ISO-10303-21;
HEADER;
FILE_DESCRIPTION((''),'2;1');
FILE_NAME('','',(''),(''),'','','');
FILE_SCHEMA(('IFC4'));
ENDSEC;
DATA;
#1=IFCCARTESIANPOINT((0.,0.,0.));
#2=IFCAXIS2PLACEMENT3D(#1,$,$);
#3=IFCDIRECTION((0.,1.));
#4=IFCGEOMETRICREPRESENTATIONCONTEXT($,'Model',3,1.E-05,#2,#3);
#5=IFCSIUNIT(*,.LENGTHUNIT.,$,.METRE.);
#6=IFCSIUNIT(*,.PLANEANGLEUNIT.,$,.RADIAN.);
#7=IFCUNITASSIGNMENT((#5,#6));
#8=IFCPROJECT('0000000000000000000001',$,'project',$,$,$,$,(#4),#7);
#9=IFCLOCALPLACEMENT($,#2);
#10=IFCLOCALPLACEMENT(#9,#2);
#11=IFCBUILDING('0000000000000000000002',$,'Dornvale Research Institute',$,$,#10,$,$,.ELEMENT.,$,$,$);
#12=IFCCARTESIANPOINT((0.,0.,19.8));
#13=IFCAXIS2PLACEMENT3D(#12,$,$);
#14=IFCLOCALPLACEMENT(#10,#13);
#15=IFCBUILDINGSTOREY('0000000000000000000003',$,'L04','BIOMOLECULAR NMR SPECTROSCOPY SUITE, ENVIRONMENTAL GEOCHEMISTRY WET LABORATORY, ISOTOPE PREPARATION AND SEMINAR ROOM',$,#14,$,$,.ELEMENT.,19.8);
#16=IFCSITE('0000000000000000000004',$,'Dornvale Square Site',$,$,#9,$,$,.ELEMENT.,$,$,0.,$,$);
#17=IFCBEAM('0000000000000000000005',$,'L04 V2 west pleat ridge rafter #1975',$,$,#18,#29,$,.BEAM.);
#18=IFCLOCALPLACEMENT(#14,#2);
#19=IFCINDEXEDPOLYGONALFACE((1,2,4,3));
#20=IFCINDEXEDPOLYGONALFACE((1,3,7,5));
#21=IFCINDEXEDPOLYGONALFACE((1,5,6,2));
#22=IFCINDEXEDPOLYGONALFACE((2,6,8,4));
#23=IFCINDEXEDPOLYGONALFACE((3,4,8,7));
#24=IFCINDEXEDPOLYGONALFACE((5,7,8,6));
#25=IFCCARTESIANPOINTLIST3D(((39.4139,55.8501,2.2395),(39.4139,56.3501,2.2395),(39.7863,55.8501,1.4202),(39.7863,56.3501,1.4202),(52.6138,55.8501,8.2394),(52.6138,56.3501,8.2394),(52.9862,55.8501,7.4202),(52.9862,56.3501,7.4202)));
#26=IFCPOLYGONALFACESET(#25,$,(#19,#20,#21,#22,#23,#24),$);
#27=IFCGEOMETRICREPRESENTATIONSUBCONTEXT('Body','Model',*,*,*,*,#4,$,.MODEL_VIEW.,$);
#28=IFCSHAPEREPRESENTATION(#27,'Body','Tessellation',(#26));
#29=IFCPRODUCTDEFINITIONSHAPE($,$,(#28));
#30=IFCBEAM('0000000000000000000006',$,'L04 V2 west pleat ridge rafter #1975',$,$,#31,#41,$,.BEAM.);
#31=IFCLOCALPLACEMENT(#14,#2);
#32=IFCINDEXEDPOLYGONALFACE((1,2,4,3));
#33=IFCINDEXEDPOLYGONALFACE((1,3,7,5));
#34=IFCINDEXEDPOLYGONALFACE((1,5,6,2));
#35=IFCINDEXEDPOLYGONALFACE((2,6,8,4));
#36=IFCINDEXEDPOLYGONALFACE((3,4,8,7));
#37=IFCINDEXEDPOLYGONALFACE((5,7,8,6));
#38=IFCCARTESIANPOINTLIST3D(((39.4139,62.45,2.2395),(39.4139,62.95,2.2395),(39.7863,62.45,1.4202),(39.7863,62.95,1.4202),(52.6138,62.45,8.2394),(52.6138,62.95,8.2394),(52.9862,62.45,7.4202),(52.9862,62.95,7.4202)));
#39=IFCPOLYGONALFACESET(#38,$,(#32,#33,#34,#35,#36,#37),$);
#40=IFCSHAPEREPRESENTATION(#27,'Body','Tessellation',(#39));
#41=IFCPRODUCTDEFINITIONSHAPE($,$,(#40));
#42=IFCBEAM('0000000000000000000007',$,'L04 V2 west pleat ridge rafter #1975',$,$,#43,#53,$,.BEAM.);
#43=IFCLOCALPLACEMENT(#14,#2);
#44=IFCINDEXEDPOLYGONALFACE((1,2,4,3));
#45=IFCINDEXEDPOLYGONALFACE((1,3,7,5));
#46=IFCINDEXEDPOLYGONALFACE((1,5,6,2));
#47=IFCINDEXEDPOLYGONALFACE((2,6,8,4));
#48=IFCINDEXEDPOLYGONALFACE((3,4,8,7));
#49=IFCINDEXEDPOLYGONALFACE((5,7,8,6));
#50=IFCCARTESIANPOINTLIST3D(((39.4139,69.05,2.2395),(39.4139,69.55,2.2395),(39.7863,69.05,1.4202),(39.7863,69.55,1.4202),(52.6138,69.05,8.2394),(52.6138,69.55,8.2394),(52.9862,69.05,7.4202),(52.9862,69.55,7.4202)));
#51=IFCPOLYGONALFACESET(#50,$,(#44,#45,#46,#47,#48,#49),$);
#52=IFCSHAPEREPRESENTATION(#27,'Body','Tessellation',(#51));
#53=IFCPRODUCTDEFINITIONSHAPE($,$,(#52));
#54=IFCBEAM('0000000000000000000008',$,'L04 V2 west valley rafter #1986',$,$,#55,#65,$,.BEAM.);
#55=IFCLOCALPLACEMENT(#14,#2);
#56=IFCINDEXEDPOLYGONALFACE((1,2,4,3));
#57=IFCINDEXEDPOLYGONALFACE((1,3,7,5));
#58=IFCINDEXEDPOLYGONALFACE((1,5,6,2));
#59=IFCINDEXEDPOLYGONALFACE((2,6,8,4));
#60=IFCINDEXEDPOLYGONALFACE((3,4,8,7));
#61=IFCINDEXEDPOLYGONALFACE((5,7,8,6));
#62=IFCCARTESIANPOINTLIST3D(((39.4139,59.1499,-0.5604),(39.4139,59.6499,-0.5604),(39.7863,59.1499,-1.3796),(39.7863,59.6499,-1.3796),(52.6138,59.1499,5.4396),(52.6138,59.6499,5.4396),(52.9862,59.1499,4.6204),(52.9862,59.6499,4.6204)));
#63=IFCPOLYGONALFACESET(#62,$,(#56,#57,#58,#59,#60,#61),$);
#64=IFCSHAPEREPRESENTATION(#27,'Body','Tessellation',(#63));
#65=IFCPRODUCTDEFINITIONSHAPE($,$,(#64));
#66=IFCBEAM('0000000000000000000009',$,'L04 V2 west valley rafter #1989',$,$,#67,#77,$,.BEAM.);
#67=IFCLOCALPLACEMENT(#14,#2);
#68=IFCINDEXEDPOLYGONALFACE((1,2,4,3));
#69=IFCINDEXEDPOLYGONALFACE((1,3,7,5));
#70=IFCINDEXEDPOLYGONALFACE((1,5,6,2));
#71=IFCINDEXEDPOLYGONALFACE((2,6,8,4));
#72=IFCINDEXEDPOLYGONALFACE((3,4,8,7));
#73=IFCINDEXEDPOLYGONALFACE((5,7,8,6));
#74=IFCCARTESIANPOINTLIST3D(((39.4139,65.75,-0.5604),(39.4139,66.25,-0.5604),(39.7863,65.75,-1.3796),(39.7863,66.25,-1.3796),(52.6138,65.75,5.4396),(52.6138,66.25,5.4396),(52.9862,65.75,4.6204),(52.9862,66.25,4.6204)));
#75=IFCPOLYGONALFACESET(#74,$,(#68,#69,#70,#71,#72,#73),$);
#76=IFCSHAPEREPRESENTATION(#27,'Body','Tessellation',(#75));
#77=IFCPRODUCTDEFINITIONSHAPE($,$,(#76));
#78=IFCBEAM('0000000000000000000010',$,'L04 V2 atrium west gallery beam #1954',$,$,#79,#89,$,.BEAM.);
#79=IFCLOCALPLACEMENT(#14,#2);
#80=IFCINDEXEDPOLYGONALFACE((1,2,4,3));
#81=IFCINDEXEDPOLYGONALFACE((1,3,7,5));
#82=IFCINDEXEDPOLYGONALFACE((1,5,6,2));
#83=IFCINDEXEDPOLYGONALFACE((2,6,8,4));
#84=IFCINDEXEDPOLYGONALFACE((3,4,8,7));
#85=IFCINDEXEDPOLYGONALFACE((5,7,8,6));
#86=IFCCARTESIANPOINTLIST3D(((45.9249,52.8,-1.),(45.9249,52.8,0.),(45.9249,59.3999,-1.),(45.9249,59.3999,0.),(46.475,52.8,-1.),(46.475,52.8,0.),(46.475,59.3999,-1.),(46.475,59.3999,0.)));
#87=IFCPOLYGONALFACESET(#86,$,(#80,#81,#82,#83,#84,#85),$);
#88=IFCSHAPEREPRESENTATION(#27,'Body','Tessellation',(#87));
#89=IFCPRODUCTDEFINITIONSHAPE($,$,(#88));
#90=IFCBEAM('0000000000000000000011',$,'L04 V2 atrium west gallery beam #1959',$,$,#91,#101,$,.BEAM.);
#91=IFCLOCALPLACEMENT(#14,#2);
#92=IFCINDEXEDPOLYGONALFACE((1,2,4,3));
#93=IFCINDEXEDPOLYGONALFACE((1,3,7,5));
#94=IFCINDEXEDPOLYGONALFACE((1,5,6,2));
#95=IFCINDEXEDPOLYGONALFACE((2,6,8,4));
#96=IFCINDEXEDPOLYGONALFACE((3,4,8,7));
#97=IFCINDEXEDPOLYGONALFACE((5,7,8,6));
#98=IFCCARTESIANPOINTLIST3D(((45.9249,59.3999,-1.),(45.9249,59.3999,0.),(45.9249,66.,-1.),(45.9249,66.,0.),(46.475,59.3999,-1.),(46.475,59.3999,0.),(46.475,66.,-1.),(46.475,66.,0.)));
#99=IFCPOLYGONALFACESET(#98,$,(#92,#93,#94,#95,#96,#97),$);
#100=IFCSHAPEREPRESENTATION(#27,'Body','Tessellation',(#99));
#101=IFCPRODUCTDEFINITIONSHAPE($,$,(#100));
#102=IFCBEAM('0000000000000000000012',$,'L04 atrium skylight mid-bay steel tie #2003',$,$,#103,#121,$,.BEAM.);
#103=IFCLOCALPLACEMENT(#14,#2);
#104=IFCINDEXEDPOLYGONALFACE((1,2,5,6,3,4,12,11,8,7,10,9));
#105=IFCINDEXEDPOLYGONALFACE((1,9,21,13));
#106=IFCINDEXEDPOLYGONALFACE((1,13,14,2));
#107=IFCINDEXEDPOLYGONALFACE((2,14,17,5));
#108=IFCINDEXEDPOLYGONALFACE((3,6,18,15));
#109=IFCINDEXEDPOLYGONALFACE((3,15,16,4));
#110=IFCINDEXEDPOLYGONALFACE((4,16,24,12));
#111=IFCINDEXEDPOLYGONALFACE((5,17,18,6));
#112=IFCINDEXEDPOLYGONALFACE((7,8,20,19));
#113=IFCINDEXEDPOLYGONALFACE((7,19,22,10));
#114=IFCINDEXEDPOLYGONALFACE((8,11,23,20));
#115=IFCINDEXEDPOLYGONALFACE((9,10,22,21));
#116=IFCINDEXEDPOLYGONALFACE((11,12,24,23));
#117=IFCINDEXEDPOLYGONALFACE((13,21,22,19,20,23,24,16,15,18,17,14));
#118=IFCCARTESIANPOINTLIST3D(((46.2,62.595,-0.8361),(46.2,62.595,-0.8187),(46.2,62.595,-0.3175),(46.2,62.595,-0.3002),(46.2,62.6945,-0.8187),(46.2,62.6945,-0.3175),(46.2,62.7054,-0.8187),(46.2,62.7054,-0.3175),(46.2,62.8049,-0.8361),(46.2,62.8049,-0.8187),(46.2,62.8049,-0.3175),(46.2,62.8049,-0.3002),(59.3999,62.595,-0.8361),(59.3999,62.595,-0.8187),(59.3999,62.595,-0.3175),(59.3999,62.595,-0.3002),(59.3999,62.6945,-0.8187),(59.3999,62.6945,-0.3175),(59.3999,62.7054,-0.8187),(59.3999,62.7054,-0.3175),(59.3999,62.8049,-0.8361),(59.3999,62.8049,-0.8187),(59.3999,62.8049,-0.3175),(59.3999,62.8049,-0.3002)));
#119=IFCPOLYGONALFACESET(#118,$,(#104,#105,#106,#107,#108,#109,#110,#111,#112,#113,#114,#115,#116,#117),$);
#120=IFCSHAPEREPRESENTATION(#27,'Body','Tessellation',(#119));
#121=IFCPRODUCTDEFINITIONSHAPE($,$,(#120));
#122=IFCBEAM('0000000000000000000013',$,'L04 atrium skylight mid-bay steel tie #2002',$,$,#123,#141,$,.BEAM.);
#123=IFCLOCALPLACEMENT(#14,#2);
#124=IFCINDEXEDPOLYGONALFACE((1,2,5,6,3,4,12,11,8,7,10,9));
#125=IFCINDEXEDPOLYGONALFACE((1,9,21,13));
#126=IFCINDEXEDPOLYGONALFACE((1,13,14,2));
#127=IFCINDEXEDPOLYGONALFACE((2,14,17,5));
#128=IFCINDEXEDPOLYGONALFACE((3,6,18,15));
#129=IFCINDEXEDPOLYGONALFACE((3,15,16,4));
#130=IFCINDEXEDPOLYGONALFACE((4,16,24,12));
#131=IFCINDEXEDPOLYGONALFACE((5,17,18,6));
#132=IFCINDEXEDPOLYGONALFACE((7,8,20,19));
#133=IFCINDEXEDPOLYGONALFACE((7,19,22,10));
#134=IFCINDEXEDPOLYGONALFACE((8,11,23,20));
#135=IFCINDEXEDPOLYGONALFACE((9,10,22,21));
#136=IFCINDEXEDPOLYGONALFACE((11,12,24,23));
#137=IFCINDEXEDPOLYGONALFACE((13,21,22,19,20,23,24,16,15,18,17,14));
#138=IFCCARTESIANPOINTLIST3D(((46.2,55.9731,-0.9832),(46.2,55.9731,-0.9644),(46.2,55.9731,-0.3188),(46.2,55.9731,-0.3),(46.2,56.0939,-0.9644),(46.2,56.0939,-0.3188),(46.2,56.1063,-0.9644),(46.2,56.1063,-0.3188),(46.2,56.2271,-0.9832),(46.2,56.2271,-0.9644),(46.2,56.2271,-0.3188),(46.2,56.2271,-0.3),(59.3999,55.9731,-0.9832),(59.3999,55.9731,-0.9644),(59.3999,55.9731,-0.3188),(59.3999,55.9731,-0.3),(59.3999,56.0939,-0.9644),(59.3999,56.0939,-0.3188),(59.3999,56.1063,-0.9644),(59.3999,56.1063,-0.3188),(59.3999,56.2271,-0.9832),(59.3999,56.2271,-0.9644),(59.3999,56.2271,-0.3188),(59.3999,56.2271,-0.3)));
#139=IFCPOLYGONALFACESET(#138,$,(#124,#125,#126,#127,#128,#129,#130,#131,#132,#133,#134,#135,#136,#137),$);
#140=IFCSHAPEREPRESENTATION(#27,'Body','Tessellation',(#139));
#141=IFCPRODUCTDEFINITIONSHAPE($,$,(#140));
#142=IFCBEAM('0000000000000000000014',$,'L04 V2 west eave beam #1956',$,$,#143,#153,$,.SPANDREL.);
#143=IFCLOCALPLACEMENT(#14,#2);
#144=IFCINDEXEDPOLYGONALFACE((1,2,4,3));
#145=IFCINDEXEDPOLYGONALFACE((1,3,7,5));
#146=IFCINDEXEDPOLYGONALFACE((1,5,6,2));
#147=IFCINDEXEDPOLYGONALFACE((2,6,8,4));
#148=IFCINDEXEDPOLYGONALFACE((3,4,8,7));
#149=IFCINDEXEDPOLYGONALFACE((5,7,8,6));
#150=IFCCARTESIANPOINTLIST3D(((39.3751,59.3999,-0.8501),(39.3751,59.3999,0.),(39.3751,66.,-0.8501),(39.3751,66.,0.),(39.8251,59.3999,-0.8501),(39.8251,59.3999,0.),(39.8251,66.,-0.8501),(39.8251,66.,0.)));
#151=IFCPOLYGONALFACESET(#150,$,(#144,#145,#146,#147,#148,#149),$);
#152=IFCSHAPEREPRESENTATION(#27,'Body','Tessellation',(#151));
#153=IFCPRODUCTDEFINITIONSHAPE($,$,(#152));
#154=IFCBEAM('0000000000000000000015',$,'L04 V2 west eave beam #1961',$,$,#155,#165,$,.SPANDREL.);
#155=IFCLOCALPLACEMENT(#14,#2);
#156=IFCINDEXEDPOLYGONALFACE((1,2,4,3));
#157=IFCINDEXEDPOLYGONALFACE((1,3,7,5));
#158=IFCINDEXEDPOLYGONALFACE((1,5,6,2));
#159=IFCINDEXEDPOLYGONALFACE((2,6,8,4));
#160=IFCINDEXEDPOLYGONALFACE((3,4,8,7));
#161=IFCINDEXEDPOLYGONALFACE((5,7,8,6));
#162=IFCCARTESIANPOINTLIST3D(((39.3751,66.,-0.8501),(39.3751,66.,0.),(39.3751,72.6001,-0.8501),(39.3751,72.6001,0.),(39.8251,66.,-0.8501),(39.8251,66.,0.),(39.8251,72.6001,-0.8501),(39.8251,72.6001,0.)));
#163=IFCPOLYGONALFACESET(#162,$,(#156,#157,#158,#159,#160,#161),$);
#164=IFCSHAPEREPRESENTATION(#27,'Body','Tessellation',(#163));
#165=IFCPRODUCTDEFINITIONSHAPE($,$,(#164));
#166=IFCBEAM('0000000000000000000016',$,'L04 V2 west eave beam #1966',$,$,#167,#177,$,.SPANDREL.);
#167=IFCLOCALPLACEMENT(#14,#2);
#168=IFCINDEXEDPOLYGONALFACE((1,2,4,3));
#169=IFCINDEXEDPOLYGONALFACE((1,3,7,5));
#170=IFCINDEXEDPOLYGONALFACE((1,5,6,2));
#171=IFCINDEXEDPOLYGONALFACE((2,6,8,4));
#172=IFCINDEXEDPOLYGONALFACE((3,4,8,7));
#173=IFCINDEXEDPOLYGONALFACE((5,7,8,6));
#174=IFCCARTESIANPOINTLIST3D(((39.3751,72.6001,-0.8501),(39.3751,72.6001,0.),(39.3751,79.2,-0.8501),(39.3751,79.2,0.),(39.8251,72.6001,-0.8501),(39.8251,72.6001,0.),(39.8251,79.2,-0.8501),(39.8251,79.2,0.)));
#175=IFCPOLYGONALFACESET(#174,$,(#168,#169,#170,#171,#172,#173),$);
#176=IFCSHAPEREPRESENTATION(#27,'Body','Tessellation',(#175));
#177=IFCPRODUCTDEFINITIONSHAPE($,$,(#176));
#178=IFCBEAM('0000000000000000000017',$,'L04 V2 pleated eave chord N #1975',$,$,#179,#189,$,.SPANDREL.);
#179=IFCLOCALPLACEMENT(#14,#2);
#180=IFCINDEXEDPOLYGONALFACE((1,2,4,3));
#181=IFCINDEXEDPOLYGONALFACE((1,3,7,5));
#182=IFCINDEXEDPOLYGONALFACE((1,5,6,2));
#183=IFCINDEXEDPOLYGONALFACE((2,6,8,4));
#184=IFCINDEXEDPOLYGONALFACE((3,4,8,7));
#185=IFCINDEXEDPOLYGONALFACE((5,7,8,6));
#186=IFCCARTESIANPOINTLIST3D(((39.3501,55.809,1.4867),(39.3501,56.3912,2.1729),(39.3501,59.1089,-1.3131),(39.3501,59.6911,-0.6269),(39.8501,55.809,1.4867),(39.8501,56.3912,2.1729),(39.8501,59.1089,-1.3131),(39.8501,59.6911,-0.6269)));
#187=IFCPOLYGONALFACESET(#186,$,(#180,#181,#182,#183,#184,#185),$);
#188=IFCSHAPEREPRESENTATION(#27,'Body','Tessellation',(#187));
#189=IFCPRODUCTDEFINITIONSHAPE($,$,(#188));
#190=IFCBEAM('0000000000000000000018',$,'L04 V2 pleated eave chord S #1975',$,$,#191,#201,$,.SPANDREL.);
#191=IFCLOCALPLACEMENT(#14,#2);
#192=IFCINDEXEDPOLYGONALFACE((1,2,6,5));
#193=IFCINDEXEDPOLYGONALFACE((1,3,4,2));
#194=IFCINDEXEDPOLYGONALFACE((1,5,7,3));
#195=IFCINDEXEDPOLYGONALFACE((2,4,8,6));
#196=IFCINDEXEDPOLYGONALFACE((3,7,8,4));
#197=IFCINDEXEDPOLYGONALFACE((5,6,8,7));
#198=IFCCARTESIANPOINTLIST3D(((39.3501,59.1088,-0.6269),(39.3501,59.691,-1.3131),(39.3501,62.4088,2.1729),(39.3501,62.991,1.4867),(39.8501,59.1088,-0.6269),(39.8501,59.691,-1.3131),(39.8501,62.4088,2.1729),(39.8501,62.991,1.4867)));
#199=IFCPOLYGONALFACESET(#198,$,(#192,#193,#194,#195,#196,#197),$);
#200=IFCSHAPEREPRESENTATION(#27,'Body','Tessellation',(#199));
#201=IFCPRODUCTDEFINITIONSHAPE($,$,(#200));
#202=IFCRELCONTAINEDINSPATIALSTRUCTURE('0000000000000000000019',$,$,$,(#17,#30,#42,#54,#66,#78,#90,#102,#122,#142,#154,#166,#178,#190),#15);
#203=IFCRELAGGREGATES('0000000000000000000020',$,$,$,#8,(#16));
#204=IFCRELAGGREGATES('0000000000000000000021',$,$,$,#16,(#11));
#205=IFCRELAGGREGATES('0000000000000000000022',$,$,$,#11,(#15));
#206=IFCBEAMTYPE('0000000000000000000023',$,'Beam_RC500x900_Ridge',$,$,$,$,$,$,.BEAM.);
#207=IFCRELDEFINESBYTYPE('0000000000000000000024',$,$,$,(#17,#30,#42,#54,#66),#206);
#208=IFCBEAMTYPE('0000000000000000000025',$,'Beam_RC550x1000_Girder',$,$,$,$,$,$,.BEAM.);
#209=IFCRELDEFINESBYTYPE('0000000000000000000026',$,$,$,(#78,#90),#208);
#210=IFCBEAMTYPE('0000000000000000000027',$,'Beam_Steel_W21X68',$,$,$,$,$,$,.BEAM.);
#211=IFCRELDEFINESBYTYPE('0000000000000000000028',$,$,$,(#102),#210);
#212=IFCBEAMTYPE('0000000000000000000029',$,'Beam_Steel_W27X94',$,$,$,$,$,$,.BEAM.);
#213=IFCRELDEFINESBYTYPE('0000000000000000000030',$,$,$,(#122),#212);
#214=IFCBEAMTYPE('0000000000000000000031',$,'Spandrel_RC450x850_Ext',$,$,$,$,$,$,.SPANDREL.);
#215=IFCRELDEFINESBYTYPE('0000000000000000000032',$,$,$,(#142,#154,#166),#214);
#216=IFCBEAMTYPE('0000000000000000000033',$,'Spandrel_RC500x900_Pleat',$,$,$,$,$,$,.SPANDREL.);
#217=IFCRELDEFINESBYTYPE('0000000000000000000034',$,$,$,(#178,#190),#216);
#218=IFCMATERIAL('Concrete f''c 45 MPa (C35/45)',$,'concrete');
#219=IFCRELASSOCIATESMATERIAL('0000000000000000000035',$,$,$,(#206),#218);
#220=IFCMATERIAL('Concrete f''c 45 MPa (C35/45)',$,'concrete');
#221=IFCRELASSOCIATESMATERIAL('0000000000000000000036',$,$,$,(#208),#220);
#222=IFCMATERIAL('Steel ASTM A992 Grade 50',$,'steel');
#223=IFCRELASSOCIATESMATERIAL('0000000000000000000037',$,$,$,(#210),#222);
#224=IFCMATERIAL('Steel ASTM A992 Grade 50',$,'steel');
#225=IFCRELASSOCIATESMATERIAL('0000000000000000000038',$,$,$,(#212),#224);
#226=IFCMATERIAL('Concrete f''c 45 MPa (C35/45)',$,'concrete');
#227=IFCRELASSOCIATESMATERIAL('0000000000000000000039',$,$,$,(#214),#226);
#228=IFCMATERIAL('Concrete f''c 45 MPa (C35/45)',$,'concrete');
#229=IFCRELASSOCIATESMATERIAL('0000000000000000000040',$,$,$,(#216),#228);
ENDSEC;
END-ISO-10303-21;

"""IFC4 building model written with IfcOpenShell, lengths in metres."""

from ifc_helpers import new_model, si_unit, direction, frame, origin, origin_2d, place, context, subcontext, project, spatial, rectangle, i_section, extrude, material, material_profile, profile_set, type_object, element, save


model = new_model("IFC4")

# Units and contexts
model_context = context("Model", 3, precision=1e-05, world=origin(), true_north=direction((0.0, 1.0)))
body_context = subcontext(model_context, "Body", "Model", "MODEL_VIEW")
ifc_project = project(units=[si_unit("LENGTHUNIT", "METRE"), si_unit("PLANEANGLEUNIT", "RADIAN")], contexts=[model_context])

# Site, building, storey
site_placement = place(None, origin())
site = spatial("IfcSite", under=ifc_project, at=site_placement, Name="Dornvale Square Site", CompositionType="ELEMENT", RefElevation=0.0)
building_placement = place(site_placement, origin())
building = spatial("IfcBuilding", under=site, at=building_placement, Name="Dornvale Research Institute", CompositionType="ELEMENT")
storey_placement = place(building_placement, frame((0.0, 0.0, 19.8)))
storey = spatial("IfcBuildingStorey", under=building, at=storey_placement, Name="L04", Description="BIOMOLECULAR NMR SPECTROSCOPY SUITE, ENVIRONMENTAL GEOCHEMISTRY WET LABORATORY, ISOTOPE PREPARATION AND SEMINAR ROOM", CompositionType="ELEMENT", Elevation=19.8)

# Beams
ifc_material_1 = material(Name="Concrete f'c 45 MPa (C35/45)", Category="concrete")
ifc_material_profile_1 = material_profile(ifc_material_1, rectangle(XDim=0.5, YDim=0.8999, at=origin_2d()), Name="RC 500x900")
ifc_profile_set_1 = profile_set([ifc_material_profile_1], Name="Concrete f'c 45 MPa (C35/45)")
beam_type_1 = type_object("IfcBeamType", Name="Beam_RC500x900_Ridge", PredefinedType="BEAM", material=ifc_profile_set_1)
for number, where, z_axis, x_axis, name in (
    (1, (39.6001, 56.1001, 1.8298), (0.910366, 0.0, 0.413804), (0.0, 1.0, 0.0), "L04 V2 west pleat ridge rafter #1975"),
    (2, (39.6001, 62.7, 1.8298), (0.910366, 0.0, 0.413804), (0.0, 1.0, 0.0), "L04 V2 west pleat ridge rafter #1975"),
    (3, (39.6001, 69.3, 1.8298), (0.910366, 0.0, 0.413804), (0.0, 1.0, 0.0), "L04 V2 west pleat ridge rafter #1975"),
    (4, (39.6001, 59.3999, -0.97), (0.910366, 0.0, 0.413804), (0.0, 1.0, 0.0), "L04 V2 west valley rafter #1986"),
    (5, (39.6001, 66.0, -0.97), (0.910366, 0.0, 0.413804), (0.0, 1.0, 0.0), "L04 V2 west valley rafter #1989"),
):
    element("IfcBeam", number, at=place(storey_placement, frame(where, z_axis=z_axis, x_axis=x_axis)), inside=storey, type_object=beam_type_1, Name=name, PredefinedType="BEAM", context=body_context, shape_type="SweptSolid", body=[
        extrude(rectangle(XDim=0.5, YDim=0.8999, at=origin_2d()), origin(), (0.0, 0.0, 1.0), 14.4995),
    ])
ifc_material_2 = material(Name="Concrete f'c 45 MPa (C35/45)", Category="concrete")
ifc_material_profile_2 = material_profile(ifc_material_2, rectangle(XDim=0.55, YDim=1.0, at=origin_2d()), Name="RC 550x1000")
ifc_profile_set_2 = profile_set([ifc_material_profile_2], Name="Concrete f'c 45 MPa (C35/45)")
beam_type_2 = type_object("IfcBeamType", Name="Beam_RC550x1000_Girder", PredefinedType="BEAM", material=ifc_profile_set_2)
beam_1_placement = place(storey_placement, frame((46.2, 52.8, -0.5), z_axis=(0.0, 1.0, 0.0), x_axis=(-1.0, 0.0, 0.0)))
element("IfcBeam", 6, at=beam_1_placement, inside=storey, type_object=beam_type_2, Name="L04 V2 atrium west gallery beam #1954", PredefinedType="BEAM", context=body_context, shape_type="SweptSolid", body=[
    extrude(rectangle(XDim=0.55, YDim=1.0, at=origin_2d()), origin(), (0.0, 0.0, 1.0), 6.5999),
])
beam_2_placement = place(storey_placement, frame((46.2, 59.3999, -0.5), z_axis=(0.0, 1.0, 0.0), x_axis=(-1.0, 0.0, 0.0)))
element("IfcBeam", 7, at=beam_2_placement, inside=storey, type_object=beam_type_2, Name="L04 V2 atrium west gallery beam #1959", PredefinedType="BEAM", context=body_context, shape_type="SweptSolid", body=[
    extrude(rectangle(XDim=0.55, YDim=1.0, at=origin_2d()), origin(), (0.0, 0.0, 1.0), 6.6001),
])
ifc_material_3 = material(Name="Steel ASTM A992 Grade 50", Category="steel")
ifc_material_profile_3 = material_profile(ifc_material_3, i_section(OverallWidth=0.21, OverallDepth=0.5359, WebThickness=0.011, FlangeThickness=0.0173, at=origin_2d()), Name="W21X68")
ifc_profile_set_3 = profile_set([ifc_material_profile_3], Name="Steel ASTM A992 Grade 50")
beam_type_3 = type_object("IfcBeamType", Name="Beam_Steel_W21X68", PredefinedType="BEAM", material=ifc_profile_set_3)
beam_3_placement = place(storey_placement, frame((46.2, 62.7, -0.5681), z_axis=(1.0, 0.0, 0.0), x_axis=(0.0, 1.0, 0.0)))
element("IfcBeam", 8, at=beam_3_placement, inside=storey, type_object=beam_type_3, Name="L04 atrium skylight mid-bay steel tie #2003", PredefinedType="BEAM", context=body_context, shape_type="SweptSolid", body=[
    extrude(i_section(OverallWidth=0.21, OverallDepth=0.5359, WebThickness=0.011, FlangeThickness=0.0173, at=origin_2d()), origin(), (0.0, 0.0, 1.0), 13.2),
])
ifc_material_4 = material(Name="Steel ASTM A992 Grade 50", Category="steel")
ifc_material_profile_4 = material_profile(ifc_material_4, i_section(OverallWidth=0.2539, OverallDepth=0.6831, WebThickness=0.0125, FlangeThickness=0.0188, at=origin_2d()), Name="W27X94")
ifc_profile_set_4 = profile_set([ifc_material_profile_4], Name="Steel ASTM A992 Grade 50")
beam_type_4 = type_object("IfcBeamType", Name="Beam_Steel_W27X94", PredefinedType="BEAM", material=ifc_profile_set_4)
beam_4_placement = place(storey_placement, frame((46.2, 56.1001, -0.6416), z_axis=(1.0, 0.0, 0.0), x_axis=(0.0, 1.0, 0.0)))
element("IfcBeam", 9, at=beam_4_placement, inside=storey, type_object=beam_type_4, Name="L04 atrium skylight mid-bay steel tie #2002", PredefinedType="BEAM", context=body_context, shape_type="SweptSolid", body=[
    extrude(i_section(OverallWidth=0.2539, OverallDepth=0.6831, WebThickness=0.0125, FlangeThickness=0.0188, at=origin_2d()), origin(), (0.0, 0.0, 1.0), 13.2),
])
ifc_material_5 = material(Name="Concrete f'c 45 MPa (C35/45)", Category="concrete")
ifc_material_profile_5 = material_profile(ifc_material_5, rectangle(XDim=0.45, YDim=0.8501, at=origin_2d()), Name="RC 450x850")
ifc_profile_set_5 = profile_set([ifc_material_profile_5], Name="Concrete f'c 45 MPa (C35/45)")
beam_type_5 = type_object("IfcBeamType", Name="Spandrel_RC450x850_Ext", PredefinedType="SPANDREL", material=ifc_profile_set_5)
for number, where, z_axis, x_axis, name in (
    (10, (39.6001, 59.3999, -0.425), (0.0, 1.0, 0.0), (-1.0, 0.0, 0.0), "L04 V2 west eave beam #1956"),
    (11, (39.6001, 66.0, -0.425), (0.0, 1.0, 0.0), (-1.0, 0.0, 0.0), "L04 V2 west eave beam #1961"),
):
    element("IfcBeam", number, at=place(storey_placement, frame(where, z_axis=z_axis, x_axis=x_axis)), inside=storey, type_object=beam_type_5, Name=name, PredefinedType="SPANDREL", context=body_context, shape_type="SweptSolid", body=[
        extrude(rectangle(XDim=0.45, YDim=0.8501, at=origin_2d()), origin(), (0.0, 0.0, 1.0), 6.6001),
    ])
beam_5_placement = place(storey_placement, frame((39.6001, 72.6001, -0.425), z_axis=(0.0, 1.0, 0.0), x_axis=(-1.0, 0.0, 0.0)))
element("IfcBeam", 12, at=beam_5_placement, inside=storey, type_object=beam_type_5, Name="L04 V2 west eave beam #1966", PredefinedType="SPANDREL", context=body_context, shape_type="SweptSolid", body=[
    extrude(rectangle(XDim=0.45, YDim=0.8501, at=origin_2d()), origin(), (0.0, 0.0, 1.0), 6.5999),
])
ifc_material_6 = material(Name="Concrete f'c 45 MPa (C35/45)", Category="concrete")
ifc_material_profile_6 = material_profile(ifc_material_6, rectangle(XDim=0.5, YDim=0.8999, at=origin_2d()), Name="RC 500x900")
ifc_profile_set_6 = profile_set([ifc_material_profile_6], Name="Concrete f'c 45 MPa (C35/45)")
beam_type_6 = type_object("IfcBeamType", Name="Spandrel_RC500x900_Pleat", PredefinedType="SPANDREL", material=ifc_profile_set_6)
for number, where, z_axis, x_axis, name in (
    (13, (39.6001, 56.1001, 1.8298), (0.0, 0.762513, -0.646973), (-1.0, 0.0, 0.0), "L04 V2 pleated eave chord N #1975"),
    (14, (39.6001, 59.3999, -0.97), (0.0, 0.762536, 0.646946), (-1.0, 0.0, 0.0), "L04 V2 pleated eave chord S #1975"),
):
    element("IfcBeam", number, at=place(storey_placement, frame(where, z_axis=z_axis, x_axis=x_axis)), inside=storey, type_object=beam_type_6, Name=name, PredefinedType="SPANDREL", context=body_context, shape_type="SweptSolid", body=[
        extrude(rectangle(XDim=0.5, YDim=0.8999, at=origin_2d()), origin(), (0.0, 0.0, 1.0), 4.3276),
    ])

save(model, "model.ifc")
